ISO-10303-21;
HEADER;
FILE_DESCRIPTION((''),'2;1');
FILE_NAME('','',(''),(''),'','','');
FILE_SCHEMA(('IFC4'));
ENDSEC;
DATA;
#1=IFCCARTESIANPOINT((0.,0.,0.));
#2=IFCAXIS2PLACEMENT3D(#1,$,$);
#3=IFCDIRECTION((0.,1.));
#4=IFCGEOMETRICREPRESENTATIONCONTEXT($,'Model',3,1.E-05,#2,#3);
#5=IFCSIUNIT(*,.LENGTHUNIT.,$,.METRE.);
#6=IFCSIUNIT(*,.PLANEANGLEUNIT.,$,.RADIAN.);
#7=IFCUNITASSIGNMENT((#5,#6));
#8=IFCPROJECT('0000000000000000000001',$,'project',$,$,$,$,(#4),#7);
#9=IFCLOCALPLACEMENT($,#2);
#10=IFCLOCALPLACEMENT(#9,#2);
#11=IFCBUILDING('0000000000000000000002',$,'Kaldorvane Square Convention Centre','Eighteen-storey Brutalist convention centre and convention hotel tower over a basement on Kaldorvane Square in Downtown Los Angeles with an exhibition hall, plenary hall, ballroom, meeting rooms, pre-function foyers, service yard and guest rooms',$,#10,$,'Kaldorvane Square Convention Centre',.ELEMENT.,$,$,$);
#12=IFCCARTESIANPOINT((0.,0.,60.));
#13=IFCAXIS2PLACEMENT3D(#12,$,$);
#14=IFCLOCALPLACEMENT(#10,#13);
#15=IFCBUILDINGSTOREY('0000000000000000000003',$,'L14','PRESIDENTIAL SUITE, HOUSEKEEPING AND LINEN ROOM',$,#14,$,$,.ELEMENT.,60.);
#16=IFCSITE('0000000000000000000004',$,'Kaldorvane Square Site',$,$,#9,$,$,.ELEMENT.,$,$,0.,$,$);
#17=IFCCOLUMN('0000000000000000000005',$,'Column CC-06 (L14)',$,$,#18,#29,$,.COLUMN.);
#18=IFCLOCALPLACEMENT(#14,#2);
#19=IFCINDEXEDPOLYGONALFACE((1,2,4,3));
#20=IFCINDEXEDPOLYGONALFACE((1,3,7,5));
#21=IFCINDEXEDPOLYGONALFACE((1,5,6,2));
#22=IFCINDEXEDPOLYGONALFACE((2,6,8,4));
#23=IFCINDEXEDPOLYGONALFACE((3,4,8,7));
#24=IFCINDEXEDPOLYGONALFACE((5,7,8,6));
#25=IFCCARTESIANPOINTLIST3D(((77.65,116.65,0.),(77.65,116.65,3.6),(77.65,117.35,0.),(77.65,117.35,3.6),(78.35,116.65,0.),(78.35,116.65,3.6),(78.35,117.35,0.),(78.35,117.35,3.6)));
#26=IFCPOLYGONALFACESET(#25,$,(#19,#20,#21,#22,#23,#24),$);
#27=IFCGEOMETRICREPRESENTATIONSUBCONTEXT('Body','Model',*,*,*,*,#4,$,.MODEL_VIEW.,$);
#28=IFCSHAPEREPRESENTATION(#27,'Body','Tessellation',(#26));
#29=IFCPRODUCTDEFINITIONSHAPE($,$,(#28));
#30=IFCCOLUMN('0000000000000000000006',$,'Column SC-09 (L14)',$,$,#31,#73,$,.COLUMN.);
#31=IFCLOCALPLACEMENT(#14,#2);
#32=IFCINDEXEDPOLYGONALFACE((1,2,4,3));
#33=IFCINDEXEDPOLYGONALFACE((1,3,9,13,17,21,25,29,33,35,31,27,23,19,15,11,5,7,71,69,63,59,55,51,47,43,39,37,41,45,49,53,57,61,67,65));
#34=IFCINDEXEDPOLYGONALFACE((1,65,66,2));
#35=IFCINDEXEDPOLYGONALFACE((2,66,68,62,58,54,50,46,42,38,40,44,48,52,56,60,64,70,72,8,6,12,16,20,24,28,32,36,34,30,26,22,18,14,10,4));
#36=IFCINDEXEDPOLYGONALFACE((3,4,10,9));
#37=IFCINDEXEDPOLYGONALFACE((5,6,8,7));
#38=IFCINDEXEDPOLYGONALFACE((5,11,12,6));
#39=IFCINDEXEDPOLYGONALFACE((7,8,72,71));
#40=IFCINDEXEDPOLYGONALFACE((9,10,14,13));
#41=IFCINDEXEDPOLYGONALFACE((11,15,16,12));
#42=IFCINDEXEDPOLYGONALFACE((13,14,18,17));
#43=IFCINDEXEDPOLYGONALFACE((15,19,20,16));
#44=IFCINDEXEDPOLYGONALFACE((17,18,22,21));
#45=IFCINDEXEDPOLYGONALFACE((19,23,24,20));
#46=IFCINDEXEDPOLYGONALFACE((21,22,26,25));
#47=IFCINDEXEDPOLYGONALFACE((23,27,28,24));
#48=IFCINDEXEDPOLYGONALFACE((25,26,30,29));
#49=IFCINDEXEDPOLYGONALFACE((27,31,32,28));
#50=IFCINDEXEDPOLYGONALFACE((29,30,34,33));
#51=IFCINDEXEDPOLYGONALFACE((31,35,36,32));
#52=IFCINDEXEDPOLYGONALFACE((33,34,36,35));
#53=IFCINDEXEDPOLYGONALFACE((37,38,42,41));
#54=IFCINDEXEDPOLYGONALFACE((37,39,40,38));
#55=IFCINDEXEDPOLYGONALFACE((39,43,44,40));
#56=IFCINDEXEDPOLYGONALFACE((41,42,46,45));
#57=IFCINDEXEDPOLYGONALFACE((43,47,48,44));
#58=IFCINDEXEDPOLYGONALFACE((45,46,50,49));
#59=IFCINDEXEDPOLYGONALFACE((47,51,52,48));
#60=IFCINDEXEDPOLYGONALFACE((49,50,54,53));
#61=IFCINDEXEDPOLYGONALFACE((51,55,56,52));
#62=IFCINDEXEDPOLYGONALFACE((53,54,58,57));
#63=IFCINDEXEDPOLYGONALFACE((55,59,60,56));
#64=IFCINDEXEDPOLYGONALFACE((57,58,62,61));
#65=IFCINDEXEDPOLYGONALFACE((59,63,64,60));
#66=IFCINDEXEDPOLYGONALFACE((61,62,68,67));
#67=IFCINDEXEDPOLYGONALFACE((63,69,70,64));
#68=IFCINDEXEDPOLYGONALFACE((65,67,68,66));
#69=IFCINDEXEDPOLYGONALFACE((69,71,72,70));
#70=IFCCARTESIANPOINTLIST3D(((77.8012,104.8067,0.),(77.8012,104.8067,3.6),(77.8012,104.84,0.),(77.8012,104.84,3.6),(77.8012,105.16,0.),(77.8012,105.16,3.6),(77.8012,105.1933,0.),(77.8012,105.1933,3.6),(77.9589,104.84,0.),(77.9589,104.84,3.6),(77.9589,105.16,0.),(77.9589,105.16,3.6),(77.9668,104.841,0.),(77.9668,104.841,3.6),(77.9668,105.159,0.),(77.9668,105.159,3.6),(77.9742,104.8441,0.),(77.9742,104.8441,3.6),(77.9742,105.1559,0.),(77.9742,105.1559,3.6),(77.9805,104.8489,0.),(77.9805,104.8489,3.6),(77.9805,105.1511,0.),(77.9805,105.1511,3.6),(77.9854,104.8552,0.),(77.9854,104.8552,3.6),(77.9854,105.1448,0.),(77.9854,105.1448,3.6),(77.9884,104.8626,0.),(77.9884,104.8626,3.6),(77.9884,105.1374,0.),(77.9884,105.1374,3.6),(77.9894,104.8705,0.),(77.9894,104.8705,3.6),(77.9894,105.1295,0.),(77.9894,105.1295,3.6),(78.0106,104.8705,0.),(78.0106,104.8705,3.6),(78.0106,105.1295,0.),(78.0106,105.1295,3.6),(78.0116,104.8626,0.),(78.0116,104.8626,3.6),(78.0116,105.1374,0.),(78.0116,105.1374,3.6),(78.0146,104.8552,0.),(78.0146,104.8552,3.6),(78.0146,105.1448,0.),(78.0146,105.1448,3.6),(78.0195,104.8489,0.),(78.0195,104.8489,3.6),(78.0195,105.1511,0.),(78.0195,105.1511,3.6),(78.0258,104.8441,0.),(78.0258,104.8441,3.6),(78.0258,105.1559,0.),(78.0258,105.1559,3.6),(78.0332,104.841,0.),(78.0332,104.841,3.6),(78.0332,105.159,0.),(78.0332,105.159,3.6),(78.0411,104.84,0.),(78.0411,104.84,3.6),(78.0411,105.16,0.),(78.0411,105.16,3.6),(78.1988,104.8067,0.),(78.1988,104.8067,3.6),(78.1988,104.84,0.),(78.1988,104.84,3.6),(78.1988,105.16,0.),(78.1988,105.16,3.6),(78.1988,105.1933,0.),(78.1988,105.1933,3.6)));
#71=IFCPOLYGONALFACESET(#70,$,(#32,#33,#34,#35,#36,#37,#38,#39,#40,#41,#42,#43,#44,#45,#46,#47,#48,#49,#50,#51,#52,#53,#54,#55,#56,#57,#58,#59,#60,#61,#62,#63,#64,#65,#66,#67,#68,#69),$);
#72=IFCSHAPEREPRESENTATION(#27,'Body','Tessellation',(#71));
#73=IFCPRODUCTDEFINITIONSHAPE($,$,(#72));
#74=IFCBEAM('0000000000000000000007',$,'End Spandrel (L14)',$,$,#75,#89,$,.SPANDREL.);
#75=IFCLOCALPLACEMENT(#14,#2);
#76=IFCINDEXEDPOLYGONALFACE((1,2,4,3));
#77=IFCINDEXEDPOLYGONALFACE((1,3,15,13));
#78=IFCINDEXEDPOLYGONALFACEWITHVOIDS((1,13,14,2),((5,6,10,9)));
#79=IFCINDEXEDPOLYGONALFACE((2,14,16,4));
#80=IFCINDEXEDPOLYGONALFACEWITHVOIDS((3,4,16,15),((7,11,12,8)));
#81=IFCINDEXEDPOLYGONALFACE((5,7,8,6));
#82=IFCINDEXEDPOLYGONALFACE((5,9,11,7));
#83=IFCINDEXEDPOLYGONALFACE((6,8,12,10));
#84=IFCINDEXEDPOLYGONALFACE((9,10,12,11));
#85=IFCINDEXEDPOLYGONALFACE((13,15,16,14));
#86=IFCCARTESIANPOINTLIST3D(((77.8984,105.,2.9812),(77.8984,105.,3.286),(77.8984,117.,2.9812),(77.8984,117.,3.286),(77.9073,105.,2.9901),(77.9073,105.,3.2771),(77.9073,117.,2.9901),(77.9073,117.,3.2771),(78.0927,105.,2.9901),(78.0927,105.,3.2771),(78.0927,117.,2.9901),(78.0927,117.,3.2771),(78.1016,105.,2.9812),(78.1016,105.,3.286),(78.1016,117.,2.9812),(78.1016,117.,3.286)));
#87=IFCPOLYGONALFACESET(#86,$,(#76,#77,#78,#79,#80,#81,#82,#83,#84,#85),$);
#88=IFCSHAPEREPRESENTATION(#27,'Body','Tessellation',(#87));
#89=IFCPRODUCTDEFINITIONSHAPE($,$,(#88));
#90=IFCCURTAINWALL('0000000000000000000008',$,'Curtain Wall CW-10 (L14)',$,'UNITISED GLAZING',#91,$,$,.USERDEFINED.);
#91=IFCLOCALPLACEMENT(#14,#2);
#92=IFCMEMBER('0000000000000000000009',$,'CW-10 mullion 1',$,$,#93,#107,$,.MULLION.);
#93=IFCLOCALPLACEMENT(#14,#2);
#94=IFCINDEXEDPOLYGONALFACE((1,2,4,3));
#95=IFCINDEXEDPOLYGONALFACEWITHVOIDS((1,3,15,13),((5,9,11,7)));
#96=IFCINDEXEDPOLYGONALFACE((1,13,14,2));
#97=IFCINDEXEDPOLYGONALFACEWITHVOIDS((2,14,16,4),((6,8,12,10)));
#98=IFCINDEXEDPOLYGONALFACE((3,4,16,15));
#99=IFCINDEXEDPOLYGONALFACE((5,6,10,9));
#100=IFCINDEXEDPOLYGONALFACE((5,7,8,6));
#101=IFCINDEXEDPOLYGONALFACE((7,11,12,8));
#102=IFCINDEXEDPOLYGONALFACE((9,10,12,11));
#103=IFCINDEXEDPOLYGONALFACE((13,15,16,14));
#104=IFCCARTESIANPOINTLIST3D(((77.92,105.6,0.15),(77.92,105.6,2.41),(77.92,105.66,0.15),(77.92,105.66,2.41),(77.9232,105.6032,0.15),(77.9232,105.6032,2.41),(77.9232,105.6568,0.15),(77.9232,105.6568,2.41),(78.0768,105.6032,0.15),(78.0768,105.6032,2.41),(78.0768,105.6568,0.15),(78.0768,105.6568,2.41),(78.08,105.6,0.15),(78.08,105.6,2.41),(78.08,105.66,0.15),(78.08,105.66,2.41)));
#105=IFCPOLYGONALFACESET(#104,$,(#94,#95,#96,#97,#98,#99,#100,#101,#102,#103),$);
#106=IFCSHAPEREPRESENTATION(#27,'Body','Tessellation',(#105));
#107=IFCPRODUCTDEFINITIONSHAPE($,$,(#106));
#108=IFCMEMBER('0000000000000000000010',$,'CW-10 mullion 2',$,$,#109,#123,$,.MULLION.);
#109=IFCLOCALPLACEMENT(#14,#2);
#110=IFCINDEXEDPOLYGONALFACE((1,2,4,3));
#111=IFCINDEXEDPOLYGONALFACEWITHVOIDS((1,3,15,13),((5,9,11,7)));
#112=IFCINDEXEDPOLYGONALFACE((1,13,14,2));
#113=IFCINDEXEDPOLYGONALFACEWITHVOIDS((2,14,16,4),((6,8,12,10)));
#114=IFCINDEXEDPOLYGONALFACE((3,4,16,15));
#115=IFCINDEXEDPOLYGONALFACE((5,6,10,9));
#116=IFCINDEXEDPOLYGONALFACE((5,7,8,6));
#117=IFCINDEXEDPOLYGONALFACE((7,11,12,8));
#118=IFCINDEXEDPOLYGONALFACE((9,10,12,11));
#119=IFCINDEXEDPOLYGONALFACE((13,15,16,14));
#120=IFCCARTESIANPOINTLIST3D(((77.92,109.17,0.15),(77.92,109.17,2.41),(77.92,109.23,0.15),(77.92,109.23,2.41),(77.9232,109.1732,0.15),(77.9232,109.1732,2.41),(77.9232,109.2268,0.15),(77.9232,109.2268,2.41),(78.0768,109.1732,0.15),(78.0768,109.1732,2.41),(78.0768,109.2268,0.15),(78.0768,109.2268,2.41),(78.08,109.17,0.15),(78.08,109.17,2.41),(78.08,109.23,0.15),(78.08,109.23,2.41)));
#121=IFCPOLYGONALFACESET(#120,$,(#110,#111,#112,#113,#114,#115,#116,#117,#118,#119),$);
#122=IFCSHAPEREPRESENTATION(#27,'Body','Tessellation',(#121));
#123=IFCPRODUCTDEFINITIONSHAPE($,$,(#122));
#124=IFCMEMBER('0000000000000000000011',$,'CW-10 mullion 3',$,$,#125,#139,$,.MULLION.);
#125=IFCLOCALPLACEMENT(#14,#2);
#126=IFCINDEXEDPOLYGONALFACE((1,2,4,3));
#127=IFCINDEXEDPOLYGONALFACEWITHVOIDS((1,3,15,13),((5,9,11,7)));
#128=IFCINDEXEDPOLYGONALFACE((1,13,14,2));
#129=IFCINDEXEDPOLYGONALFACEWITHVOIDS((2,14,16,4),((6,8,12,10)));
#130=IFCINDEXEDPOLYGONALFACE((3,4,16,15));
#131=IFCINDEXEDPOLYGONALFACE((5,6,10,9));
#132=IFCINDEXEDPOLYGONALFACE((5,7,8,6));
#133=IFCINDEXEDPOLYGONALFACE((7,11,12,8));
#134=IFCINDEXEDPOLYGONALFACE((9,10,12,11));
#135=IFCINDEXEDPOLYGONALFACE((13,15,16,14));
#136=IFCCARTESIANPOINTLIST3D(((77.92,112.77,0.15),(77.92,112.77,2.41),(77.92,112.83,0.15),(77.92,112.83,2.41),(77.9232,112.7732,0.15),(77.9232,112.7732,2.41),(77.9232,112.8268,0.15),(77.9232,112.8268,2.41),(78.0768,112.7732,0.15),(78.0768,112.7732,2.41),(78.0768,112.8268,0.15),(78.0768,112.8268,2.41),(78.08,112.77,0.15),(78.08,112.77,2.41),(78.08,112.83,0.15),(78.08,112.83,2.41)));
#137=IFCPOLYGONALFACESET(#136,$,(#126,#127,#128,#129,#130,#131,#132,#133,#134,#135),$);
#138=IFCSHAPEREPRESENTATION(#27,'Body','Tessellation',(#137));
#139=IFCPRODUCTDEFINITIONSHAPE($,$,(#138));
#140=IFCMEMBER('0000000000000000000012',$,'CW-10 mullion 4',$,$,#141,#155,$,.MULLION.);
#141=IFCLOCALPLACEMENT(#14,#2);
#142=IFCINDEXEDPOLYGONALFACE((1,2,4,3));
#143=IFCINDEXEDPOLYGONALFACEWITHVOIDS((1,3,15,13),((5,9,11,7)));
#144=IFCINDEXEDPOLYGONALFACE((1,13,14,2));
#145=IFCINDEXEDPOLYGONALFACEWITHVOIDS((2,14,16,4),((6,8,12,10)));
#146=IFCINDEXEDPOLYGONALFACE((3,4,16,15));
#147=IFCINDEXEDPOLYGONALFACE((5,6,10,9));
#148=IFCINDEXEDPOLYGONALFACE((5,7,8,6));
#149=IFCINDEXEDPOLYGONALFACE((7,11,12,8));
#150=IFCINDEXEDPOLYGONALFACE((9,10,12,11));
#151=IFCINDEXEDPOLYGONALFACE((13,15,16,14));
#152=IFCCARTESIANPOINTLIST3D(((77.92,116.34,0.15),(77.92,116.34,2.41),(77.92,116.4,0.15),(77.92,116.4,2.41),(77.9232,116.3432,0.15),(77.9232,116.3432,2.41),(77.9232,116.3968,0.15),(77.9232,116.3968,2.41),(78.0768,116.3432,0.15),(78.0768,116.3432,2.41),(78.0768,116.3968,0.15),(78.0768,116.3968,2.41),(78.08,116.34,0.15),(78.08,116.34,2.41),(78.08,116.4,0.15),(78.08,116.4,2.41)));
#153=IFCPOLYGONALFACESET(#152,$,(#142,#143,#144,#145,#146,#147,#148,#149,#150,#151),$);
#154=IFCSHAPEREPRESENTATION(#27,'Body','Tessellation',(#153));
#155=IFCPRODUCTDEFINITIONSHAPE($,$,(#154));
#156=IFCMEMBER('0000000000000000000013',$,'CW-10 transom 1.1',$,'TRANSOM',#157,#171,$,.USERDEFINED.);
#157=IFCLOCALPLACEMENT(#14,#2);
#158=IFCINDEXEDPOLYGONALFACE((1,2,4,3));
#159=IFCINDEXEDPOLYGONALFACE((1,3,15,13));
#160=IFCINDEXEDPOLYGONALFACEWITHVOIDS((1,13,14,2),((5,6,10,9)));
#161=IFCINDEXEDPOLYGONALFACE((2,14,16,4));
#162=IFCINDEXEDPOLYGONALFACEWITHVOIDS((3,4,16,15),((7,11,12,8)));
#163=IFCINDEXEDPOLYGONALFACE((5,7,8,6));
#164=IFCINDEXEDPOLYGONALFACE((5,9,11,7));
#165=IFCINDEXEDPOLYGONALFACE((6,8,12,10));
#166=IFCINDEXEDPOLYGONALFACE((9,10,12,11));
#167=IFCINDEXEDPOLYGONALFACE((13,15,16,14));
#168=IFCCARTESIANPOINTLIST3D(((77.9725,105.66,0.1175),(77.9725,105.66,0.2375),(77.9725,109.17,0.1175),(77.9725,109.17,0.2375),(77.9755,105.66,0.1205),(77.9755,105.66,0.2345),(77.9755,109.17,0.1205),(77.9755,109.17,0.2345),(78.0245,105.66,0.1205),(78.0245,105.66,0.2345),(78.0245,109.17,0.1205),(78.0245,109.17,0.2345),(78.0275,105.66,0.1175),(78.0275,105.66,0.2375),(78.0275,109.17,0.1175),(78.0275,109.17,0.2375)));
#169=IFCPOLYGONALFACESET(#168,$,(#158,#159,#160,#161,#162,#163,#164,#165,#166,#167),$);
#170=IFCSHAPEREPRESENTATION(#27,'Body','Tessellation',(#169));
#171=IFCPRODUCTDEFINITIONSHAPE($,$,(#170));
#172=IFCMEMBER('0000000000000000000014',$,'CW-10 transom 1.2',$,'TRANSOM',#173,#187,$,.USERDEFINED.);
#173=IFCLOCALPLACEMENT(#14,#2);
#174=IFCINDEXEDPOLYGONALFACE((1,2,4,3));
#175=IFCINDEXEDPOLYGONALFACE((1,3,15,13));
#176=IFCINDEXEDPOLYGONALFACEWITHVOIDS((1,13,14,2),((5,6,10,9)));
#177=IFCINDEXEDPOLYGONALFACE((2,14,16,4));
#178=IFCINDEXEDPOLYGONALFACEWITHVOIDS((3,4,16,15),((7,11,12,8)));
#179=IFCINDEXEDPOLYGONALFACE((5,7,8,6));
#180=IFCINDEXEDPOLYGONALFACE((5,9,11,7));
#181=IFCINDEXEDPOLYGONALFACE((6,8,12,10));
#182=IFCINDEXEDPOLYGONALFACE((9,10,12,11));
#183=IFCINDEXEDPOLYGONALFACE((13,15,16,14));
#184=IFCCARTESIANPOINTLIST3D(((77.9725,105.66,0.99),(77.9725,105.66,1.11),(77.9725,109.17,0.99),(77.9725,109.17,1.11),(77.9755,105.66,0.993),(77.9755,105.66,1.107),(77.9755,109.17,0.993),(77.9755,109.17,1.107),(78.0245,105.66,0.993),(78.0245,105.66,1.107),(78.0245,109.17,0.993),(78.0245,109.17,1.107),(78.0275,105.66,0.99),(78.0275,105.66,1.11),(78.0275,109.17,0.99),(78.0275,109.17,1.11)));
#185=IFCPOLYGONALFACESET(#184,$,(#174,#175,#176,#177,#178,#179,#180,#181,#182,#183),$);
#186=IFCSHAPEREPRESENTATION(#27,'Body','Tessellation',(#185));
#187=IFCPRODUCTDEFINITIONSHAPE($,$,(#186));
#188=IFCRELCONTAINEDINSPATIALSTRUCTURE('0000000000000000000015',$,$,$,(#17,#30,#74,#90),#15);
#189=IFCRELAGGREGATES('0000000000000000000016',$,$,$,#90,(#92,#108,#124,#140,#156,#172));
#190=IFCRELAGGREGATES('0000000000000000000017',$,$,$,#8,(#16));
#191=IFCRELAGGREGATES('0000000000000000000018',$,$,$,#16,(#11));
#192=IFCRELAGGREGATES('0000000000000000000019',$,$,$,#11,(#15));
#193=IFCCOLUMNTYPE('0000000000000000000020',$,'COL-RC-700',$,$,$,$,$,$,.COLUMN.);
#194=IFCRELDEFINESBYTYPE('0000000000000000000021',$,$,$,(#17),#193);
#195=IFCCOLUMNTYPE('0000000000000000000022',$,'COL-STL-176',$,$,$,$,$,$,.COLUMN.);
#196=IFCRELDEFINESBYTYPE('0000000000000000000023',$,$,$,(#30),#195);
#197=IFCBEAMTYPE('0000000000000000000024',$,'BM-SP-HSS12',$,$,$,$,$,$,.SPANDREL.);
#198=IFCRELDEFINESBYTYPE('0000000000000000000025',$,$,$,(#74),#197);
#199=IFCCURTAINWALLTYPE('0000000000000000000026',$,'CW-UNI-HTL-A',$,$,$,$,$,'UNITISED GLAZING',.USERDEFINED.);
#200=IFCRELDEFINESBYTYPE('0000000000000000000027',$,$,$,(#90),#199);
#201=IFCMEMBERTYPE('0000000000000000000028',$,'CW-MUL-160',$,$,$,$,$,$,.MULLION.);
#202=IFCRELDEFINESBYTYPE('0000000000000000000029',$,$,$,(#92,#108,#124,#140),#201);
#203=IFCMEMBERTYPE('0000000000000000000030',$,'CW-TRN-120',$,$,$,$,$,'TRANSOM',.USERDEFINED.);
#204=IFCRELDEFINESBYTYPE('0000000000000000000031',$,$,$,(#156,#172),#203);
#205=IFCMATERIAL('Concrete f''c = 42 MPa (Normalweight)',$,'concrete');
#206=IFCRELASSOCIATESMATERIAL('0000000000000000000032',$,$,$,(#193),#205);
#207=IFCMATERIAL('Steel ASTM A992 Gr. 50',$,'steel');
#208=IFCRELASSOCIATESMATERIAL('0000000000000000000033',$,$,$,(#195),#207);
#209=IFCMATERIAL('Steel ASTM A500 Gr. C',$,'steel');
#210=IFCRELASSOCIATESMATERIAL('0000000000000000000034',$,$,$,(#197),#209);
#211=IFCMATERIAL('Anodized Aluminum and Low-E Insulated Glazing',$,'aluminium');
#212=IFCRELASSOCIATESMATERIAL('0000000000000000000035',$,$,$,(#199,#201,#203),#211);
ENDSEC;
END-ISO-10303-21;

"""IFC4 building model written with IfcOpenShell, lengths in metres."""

from ifc_helpers import new_model, si_unit, direction, frame, origin, origin_2d, place, context, subcontext, project, spatial, rectangle, hollow_rectangle, i_section, extrude, material, material_profile, profile_set, type_object, element, aggregate, save


model = new_model("IFC4")

# Units and contexts
model_context = context("Model", 3, precision=1e-05, world=origin(), true_north=direction((0.0, 1.0)))
body_context = subcontext(model_context, "Body", "Model", "MODEL_VIEW")
ifc_project = project(units=[si_unit("LENGTHUNIT", "METRE"), si_unit("PLANEANGLEUNIT", "RADIAN")], contexts=[model_context])

# Site, building, storey
site_placement = place(None, origin())
site = spatial("IfcSite", under=ifc_project, at=site_placement, Name="Kaldorvane Square Site", CompositionType="ELEMENT", RefElevation=0.0)
building_placement = place(site_placement, origin())
building = spatial("IfcBuilding", under=site, at=building_placement, Name="Kaldorvane Square Convention Centre", Description="Eighteen-storey Brutalist convention centre and convention hotel tower over a basement on Kaldorvane Square in Downtown Los Angeles with an exhibition hall, plenary hall, ballroom, meeting rooms, pre-function foyers, service yard and guest rooms", LongName="Kaldorvane Square Convention Centre", CompositionType="ELEMENT")
storey_placement = place(building_placement, frame((0.0, 0.0, 60.0)))
storey = spatial("IfcBuildingStorey", under=building, at=storey_placement, Name="L14", Description="PRESIDENTIAL SUITE, HOUSEKEEPING AND LINEN ROOM", CompositionType="ELEMENT", Elevation=60.0)

# Columns
ifc_material_1 = material(Name="Concrete f'c = 42 MPa (Normalweight)", Category="concrete")
ifc_material_profile_1 = material_profile(ifc_material_1, rectangle(XDim=0.7, YDim=0.7, at=origin_2d()), Name="RC700X700")
ifc_profile_set_1 = profile_set([ifc_material_profile_1], Name="Concrete f'c = 42 MPa (Normalweight)")
column_type_1 = type_object("IfcColumnType", Name="COL-RC-700", PredefinedType="COLUMN", material=ifc_profile_set_1)
column_1_placement = place(storey_placement, frame((78.0, 117.0, 0.0), z_axis=(0.0, 0.0, 1.0), x_axis=(1.0, 0.0, 0.0)))
element("IfcColumn", 1, at=column_1_placement, inside=storey, type_object=column_type_1, Name="Column CC-06 (L14)", PredefinedType="COLUMN", context=body_context, shape_type="SweptSolid", body=[
    extrude(rectangle(XDim=0.7, YDim=0.7, at=origin_2d()), origin(), (0.0, 0.0, 1.0), 3.6),
])
ifc_material_2 = material(Name="Steel ASTM A992 Gr. 50", Category="steel")
ifc_material_profile_2 = material_profile(ifc_material_2, i_section(OverallWidth=0.3975, OverallDepth=0.3866, WebThickness=0.0211, FlangeThickness=0.0333, FilletRadius=0.0305, at=origin_2d()), Name="W14X176")
ifc_profile_set_2 = profile_set([ifc_material_profile_2], Name="Steel ASTM A992 Gr. 50")
column_type_2 = type_object("IfcColumnType", Name="COL-STL-176", PredefinedType="COLUMN", material=ifc_profile_set_2)
column_2_placement = place(storey_placement, frame((78.0, 105.0, 0.0), z_axis=(0.0, 0.0, 1.0), x_axis=(1.0, 0.0, 0.0)))
element("IfcColumn", 2, at=column_2_placement, inside=storey, type_object=column_type_2, Name="Column SC-09 (L14)", PredefinedType="COLUMN", context=body_context, shape_type="SweptSolid", body=[
    extrude(i_section(OverallWidth=0.3975, OverallDepth=0.3866, WebThickness=0.0211, FlangeThickness=0.0333, FilletRadius=0.0305, at=origin_2d()), origin(), (0.0, 0.0, 1.0), 3.6),
])

# Beam
ifc_material_3 = material(Name="Steel ASTM A500 Gr. C", Category="steel")
ifc_material_profile_3 = material_profile(ifc_material_3, hollow_rectangle(XDim=0.2032, YDim=0.3048, WallThickness=0.0089, at=origin_2d()), Name="HSS12X8X3/8")
ifc_profile_set_3 = profile_set([ifc_material_profile_3], Name="Steel ASTM A500 Gr. C")
beam_type = type_object("IfcBeamType", Name="BM-SP-HSS12", PredefinedType="SPANDREL", material=ifc_profile_set_3)
beam_placement = place(storey_placement, frame((78.0, 105.0, 3.1336), z_axis=(0.0, 1.0, 0.0), x_axis=(-1.0, 0.0, 0.0)))
element("IfcBeam", 3, at=beam_placement, inside=storey, type_object=beam_type, Name="End Spandrel (L14)", PredefinedType="SPANDREL", context=body_context, shape_type="SweptSolid", body=[
    extrude(hollow_rectangle(XDim=0.2032, YDim=0.3048, WallThickness=0.0089, at=origin_2d()), origin(), (0.0, 0.0, 1.0), 12.0),
])

# Curtain wall, members
ifc_material_4 = material(Name="Anodized Aluminum and Low-E Insulated Glazing", Category="aluminium")
curtain_wall_type = type_object("IfcCurtainWallType", Name="CW-UNI-HTL-A", ElementType="UNITISED GLAZING", PredefinedType="USERDEFINED", material=ifc_material_4)
curtain_wall_placement = place(storey_placement, origin())
curtain_wall = element("IfcCurtainWall", 4, at=curtain_wall_placement, inside=storey, type_object=curtain_wall_type, Name="Curtain Wall CW-10 (L14)", ObjectType="UNITISED GLAZING", PredefinedType="USERDEFINED")
ifc_material_profile_4 = material_profile(ifc_material_4, hollow_rectangle(XDim=0.06, YDim=0.16, WallThickness=0.0032, at=origin_2d()), Name="CWM-160X60")
ifc_profile_set_4 = profile_set([ifc_material_profile_4], Name="Anodized Aluminum and Low-E Insulated Glazing")
member_type_1 = type_object("IfcMemberType", Name="CW-MUL-160", PredefinedType="MULLION", material=ifc_profile_set_4)
member_1_placement = place(storey_placement, frame((78.0, 105.63, 0.15), z_axis=(0.0, 0.0, 1.0), x_axis=(0.0, 1.0, 0.0)))
member_1 = element("IfcMember", 5, at=member_1_placement, type_object=member_type_1, Name="CW-10 mullion 1", PredefinedType="MULLION", context=body_context, shape_type="SweptSolid", body=[
    extrude(hollow_rectangle(XDim=0.06, YDim=0.16, WallThickness=0.0032, at=origin_2d()), origin(), (0.0, 0.0, 1.0), 2.26),
])
member_2_placement = place(storey_placement, frame((78.0, 109.2, 0.15), z_axis=(0.0, 0.0, 1.0), x_axis=(0.0, 1.0, 0.0)))
member_2 = element("IfcMember", 6, at=member_2_placement, type_object=member_type_1, Name="CW-10 mullion 2", PredefinedType="MULLION", context=body_context, shape_type="SweptSolid", body=[
    extrude(hollow_rectangle(XDim=0.06, YDim=0.16, WallThickness=0.0032, at=origin_2d()), origin(), (0.0, 0.0, 1.0), 2.26),
])
member_3_placement = place(storey_placement, frame((78.0, 112.8, 0.15), z_axis=(0.0, 0.0, 1.0), x_axis=(0.0, 1.0, 0.0)))
member_3 = element("IfcMember", 7, at=member_3_placement, type_object=member_type_1, Name="CW-10 mullion 3", PredefinedType="MULLION", context=body_context, shape_type="SweptSolid", body=[
    extrude(hollow_rectangle(XDim=0.06, YDim=0.16, WallThickness=0.0032, at=origin_2d()), origin(), (0.0, 0.0, 1.0), 2.26),
])
member_4_placement = place(storey_placement, frame((78.0, 116.37, 0.15), z_axis=(0.0, 0.0, 1.0), x_axis=(0.0, 1.0, 0.0)))
member_4 = element("IfcMember", 8, at=member_4_placement, type_object=member_type_1, Name="CW-10 mullion 4", PredefinedType="MULLION", context=body_context, shape_type="SweptSolid", body=[
    extrude(hollow_rectangle(XDim=0.06, YDim=0.16, WallThickness=0.0032, at=origin_2d()), origin(), (0.0, 0.0, 1.0), 2.26),
])
ifc_material_profile_5 = material_profile(ifc_material_4, hollow_rectangle(XDim=0.055, YDim=0.12, WallThickness=0.003, at=origin_2d()), Name="CWT-120X55")
ifc_profile_set_5 = profile_set([ifc_material_profile_5], Name="Anodized Aluminum and Low-E Insulated Glazing")
member_type_2 = type_object("IfcMemberType", Name="CW-TRN-120", ElementType="TRANSOM", PredefinedType="USERDEFINED", material=ifc_profile_set_5)
member_5_placement = place(storey_placement, frame((78.0, 105.66, 0.1775), z_axis=(0.0, 1.0, 0.0), x_axis=(-1.0, 0.0, 0.0)))
member_5 = element("IfcMember", 9, at=member_5_placement, type_object=member_type_2, Name="CW-10 transom 1.1", ObjectType="TRANSOM", PredefinedType="USERDEFINED", context=body_context, shape_type="SweptSolid", body=[
    extrude(hollow_rectangle(XDim=0.055, YDim=0.12, WallThickness=0.003, at=origin_2d()), origin(), (0.0, 0.0, 1.0), 3.51),
])
member_6_placement = place(storey_placement, frame((78.0, 105.66, 1.05), z_axis=(0.0, 1.0, 0.0), x_axis=(-1.0, 0.0, 0.0)))
member_6 = element("IfcMember", 10, at=member_6_placement, type_object=member_type_2, Name="CW-10 transom 1.2", ObjectType="TRANSOM", PredefinedType="USERDEFINED", context=body_context, shape_type="SweptSolid", body=[
    extrude(hollow_rectangle(XDim=0.055, YDim=0.12, WallThickness=0.003, at=origin_2d()), origin(), (0.0, 0.0, 1.0), 3.51),
])
aggregate(curtain_wall, [member_1, member_2, member_3, member_4, member_5, member_6])

save(model, "model.ifc")
